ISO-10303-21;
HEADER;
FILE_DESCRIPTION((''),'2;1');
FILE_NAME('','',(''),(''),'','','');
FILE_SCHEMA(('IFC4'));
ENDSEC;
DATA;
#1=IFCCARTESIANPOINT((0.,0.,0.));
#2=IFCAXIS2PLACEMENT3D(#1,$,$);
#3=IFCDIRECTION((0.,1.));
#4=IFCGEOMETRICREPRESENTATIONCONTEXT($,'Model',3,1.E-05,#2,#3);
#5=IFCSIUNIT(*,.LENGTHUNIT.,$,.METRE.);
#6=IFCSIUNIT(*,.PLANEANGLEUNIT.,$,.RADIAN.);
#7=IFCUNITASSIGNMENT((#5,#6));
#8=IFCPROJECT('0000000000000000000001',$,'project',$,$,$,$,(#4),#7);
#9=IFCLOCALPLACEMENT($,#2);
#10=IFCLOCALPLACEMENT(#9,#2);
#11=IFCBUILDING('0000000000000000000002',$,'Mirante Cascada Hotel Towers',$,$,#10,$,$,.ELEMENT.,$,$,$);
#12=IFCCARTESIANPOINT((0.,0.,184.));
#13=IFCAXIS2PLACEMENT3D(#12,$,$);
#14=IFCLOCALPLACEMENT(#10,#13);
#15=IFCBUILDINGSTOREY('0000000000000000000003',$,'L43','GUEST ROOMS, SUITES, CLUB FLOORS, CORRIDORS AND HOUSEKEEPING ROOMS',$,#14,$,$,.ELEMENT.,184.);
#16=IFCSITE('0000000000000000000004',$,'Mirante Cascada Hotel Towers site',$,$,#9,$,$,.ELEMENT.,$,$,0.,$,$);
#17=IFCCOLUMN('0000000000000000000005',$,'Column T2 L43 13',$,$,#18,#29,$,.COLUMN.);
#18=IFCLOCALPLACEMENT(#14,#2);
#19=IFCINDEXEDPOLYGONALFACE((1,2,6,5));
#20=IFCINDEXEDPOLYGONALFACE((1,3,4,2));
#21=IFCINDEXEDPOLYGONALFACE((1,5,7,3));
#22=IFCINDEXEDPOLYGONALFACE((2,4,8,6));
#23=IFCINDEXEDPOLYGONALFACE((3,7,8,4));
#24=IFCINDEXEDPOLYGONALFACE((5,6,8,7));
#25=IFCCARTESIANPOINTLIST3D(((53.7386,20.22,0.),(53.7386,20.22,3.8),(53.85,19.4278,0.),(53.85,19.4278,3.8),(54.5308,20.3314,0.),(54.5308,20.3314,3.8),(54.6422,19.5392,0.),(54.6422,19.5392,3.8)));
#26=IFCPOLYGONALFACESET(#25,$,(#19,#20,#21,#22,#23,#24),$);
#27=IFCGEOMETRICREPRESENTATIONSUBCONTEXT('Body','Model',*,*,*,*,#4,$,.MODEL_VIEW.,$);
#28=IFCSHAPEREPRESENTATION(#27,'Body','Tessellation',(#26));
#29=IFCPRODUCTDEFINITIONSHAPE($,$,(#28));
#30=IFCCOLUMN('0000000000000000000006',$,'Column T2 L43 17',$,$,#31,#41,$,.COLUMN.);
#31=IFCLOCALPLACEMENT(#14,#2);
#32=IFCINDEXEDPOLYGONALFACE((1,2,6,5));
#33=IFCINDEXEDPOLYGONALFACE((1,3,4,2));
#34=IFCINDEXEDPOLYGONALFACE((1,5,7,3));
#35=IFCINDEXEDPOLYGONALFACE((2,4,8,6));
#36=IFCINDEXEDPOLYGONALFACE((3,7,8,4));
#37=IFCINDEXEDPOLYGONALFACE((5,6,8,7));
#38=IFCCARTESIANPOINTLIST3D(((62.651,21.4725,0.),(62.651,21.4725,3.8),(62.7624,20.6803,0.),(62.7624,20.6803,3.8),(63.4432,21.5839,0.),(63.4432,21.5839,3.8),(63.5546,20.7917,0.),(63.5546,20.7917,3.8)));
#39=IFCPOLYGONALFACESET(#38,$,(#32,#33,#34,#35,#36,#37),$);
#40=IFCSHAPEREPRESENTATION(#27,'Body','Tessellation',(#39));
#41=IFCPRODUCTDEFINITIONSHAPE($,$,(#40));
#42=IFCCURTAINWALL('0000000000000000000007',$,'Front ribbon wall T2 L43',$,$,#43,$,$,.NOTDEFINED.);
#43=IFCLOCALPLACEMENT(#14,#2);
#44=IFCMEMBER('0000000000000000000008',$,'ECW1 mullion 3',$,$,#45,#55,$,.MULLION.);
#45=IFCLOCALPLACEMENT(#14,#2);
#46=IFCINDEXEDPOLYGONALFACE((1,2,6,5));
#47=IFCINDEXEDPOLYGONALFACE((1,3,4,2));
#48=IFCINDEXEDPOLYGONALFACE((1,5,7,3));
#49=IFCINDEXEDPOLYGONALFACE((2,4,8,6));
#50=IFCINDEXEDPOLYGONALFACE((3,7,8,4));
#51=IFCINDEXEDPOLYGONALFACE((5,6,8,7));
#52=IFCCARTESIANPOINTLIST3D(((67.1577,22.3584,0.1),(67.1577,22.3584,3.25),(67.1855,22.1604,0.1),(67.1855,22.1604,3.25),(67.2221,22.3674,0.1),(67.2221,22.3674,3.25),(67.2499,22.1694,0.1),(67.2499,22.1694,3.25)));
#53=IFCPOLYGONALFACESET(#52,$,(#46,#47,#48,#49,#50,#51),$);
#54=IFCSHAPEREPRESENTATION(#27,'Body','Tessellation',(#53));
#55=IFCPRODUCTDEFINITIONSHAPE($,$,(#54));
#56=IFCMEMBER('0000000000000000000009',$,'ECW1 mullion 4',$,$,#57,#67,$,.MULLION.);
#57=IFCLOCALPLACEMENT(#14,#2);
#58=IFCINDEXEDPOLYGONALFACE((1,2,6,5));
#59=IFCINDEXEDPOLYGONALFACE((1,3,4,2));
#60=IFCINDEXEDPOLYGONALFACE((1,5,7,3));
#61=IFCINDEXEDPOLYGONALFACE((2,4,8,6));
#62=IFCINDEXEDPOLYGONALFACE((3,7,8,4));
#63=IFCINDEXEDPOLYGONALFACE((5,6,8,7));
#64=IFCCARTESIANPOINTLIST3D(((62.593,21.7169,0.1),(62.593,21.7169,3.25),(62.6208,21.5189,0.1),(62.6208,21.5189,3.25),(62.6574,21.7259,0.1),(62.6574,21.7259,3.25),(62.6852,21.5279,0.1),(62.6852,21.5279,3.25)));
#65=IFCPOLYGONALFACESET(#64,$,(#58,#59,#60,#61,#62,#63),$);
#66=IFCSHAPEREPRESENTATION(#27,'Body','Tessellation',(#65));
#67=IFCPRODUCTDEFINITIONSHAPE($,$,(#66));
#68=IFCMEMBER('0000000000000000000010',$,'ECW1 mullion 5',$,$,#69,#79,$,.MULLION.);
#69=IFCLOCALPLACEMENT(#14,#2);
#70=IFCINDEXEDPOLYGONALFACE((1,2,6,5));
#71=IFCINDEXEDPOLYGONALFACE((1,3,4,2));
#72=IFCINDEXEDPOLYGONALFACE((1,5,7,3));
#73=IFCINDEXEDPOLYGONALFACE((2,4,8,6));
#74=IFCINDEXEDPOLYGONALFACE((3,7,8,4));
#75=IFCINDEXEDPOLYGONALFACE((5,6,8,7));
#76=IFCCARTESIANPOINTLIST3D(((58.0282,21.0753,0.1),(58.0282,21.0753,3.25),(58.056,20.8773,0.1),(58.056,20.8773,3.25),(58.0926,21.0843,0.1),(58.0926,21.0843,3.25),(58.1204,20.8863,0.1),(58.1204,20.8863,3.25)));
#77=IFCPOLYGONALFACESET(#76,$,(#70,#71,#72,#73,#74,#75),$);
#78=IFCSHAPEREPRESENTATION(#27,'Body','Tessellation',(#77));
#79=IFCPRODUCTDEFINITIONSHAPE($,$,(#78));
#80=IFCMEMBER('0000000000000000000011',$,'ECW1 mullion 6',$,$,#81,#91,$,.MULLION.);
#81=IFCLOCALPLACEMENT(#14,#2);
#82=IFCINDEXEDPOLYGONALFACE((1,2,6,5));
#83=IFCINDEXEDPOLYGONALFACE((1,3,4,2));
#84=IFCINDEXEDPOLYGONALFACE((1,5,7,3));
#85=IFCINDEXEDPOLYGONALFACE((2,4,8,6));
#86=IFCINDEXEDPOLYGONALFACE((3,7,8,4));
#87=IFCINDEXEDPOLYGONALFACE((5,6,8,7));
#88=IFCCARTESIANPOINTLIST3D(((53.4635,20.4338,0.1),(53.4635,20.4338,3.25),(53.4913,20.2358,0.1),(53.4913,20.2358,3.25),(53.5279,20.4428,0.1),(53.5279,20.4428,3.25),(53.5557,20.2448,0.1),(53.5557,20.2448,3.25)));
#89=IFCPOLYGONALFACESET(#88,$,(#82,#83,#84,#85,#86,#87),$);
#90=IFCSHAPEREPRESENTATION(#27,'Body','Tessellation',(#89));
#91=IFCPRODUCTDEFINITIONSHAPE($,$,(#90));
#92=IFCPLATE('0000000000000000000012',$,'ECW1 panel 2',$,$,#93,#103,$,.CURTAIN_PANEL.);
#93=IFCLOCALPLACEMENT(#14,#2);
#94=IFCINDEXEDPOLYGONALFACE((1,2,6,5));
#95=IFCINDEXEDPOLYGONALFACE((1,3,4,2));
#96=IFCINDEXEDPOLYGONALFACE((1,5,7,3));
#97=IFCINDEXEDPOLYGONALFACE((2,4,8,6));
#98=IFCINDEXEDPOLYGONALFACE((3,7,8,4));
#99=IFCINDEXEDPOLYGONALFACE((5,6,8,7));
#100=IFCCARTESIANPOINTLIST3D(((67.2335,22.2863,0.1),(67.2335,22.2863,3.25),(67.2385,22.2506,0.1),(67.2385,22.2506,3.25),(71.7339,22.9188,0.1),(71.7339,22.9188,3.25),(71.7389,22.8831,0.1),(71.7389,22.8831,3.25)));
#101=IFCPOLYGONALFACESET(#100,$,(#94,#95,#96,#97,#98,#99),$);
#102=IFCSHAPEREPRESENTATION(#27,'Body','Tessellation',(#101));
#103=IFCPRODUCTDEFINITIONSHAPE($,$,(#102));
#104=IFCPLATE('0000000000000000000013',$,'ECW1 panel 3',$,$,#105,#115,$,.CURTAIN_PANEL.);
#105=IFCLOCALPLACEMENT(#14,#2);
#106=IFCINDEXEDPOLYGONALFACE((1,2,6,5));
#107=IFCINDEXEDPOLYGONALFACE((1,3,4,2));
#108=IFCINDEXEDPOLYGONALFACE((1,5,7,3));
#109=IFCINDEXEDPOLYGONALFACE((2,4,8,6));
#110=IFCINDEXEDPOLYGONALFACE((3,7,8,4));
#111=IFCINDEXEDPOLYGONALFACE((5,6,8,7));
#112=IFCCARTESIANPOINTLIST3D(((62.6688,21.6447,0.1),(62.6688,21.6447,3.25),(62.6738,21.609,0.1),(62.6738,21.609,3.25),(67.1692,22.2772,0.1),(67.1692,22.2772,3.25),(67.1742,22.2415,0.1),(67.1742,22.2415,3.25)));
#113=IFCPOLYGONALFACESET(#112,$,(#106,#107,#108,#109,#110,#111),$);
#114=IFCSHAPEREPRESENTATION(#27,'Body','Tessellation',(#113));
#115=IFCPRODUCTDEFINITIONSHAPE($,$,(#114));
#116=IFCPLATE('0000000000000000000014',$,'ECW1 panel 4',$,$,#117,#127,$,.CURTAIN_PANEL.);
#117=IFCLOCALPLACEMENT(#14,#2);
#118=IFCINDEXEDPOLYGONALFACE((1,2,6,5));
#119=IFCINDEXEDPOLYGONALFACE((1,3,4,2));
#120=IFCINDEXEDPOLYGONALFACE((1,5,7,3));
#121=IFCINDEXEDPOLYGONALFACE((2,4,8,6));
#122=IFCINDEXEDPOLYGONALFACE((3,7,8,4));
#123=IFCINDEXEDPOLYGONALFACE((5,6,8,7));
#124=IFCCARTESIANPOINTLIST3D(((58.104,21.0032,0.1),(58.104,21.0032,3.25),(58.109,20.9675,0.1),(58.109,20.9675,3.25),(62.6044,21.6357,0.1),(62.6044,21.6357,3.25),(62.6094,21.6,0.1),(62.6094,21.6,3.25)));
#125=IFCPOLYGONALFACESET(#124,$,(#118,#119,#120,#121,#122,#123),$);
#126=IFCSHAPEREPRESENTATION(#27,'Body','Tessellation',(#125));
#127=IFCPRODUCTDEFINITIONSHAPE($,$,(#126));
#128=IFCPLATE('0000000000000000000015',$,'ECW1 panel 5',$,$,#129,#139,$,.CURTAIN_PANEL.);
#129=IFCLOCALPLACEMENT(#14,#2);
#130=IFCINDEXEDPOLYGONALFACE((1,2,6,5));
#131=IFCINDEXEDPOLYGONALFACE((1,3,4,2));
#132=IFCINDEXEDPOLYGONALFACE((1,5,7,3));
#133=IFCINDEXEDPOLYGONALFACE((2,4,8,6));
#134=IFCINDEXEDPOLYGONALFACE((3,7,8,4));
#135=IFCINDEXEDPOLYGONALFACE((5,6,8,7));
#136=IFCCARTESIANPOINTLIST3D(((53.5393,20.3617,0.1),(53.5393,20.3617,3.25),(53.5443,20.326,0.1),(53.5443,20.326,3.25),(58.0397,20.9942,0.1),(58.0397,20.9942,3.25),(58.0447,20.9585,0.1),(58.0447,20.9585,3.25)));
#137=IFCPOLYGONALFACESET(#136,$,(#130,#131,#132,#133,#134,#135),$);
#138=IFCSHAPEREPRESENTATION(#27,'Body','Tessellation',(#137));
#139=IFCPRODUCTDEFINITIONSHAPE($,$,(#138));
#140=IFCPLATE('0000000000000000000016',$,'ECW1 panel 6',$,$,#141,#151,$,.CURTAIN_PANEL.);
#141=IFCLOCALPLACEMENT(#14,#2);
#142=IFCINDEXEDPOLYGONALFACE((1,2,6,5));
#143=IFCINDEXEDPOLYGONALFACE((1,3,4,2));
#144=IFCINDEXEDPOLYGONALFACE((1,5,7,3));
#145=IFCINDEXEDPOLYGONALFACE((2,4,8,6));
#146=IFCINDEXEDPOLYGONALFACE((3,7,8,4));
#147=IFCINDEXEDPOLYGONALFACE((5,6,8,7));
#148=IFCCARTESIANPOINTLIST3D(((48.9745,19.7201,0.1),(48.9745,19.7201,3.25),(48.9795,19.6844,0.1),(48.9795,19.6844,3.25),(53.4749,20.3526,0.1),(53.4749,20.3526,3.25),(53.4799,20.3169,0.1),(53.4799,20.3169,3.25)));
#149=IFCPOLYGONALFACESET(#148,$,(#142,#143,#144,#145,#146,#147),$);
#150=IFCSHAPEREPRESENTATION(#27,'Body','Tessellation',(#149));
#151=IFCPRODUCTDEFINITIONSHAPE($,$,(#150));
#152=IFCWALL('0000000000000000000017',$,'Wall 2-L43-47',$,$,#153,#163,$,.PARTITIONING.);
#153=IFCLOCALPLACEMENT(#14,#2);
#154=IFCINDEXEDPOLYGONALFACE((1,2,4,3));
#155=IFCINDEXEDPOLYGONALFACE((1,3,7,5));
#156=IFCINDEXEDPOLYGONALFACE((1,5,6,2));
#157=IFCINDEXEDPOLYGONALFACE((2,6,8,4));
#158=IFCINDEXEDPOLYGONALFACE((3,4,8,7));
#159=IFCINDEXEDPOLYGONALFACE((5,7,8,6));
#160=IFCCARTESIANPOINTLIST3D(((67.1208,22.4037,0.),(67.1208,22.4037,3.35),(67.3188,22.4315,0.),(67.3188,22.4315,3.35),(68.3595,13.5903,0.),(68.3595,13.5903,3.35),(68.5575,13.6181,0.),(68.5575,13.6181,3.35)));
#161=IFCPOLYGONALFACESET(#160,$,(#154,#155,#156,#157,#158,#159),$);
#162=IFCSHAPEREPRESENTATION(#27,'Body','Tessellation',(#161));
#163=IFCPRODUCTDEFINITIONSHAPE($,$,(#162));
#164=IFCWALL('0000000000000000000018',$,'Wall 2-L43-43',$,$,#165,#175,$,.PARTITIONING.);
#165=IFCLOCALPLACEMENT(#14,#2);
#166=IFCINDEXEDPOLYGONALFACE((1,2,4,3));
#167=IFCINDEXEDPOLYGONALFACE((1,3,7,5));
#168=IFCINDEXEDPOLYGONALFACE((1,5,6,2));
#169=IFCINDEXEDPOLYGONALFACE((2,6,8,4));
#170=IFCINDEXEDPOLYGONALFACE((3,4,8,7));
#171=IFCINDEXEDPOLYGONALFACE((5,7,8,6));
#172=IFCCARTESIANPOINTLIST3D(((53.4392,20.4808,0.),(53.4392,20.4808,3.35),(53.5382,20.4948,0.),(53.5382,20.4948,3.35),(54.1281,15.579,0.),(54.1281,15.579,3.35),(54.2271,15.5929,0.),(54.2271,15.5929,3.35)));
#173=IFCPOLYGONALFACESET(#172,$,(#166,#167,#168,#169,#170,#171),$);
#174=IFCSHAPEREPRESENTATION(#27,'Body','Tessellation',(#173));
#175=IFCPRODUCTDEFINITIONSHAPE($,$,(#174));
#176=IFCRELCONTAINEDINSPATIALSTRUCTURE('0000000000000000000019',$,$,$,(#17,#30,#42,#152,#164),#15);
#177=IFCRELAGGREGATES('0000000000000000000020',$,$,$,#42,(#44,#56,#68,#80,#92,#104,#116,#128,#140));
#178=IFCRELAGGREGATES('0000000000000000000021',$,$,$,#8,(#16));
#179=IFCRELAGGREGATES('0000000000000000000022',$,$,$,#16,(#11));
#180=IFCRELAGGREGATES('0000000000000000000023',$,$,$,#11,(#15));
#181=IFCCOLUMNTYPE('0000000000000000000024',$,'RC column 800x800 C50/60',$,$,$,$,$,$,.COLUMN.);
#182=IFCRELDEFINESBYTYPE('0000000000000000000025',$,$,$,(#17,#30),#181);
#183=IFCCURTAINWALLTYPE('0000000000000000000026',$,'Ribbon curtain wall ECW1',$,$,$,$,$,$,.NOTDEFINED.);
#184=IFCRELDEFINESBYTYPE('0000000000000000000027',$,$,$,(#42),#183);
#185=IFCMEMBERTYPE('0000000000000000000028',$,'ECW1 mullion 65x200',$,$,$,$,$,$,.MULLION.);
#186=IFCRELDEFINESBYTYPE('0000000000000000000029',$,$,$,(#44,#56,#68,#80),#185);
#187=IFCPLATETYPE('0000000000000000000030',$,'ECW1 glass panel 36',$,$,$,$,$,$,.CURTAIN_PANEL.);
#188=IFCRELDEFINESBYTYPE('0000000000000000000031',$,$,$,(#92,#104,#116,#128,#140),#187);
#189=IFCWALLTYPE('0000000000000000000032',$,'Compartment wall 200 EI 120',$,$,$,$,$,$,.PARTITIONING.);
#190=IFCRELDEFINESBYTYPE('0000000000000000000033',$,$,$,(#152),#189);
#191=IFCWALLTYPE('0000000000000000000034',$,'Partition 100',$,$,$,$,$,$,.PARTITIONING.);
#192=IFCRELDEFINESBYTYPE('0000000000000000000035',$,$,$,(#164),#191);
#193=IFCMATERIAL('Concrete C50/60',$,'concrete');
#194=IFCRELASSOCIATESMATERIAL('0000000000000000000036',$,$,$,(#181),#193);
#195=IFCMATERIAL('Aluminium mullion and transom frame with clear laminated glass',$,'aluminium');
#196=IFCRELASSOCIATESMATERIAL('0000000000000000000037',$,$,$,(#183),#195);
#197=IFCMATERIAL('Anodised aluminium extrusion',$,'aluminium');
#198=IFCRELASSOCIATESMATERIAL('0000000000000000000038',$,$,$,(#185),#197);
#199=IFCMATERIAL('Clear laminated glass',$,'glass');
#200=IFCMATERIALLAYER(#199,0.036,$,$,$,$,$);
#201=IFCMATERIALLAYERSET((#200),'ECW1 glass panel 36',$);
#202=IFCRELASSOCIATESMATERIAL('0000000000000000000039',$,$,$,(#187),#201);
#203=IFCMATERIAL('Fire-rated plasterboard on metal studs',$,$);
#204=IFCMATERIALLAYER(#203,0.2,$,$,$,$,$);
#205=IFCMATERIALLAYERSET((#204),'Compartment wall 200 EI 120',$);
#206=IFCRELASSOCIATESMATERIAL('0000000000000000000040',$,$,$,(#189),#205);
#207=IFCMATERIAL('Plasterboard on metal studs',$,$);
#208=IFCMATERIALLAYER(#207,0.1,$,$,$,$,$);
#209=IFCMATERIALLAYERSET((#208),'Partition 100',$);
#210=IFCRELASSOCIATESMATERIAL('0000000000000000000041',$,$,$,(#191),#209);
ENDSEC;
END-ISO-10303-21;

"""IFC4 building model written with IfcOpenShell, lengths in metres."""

from ifc_helpers import new_model, si_unit, direction, frame, frame_2d, origin, origin_2d, place, context, subcontext, project, spatial, rectangle, extrude, material, layer, layer_set, material_profile, profile_set, type_object, element, aggregate, save


model = new_model("IFC4")

# Units and contexts
model_context = context("Model", 3, precision=1e-05, world=origin(), true_north=direction((0.0, 1.0)))
body_context = subcontext(model_context, "Body", "Model", "MODEL_VIEW")
ifc_project = project(units=[si_unit("LENGTHUNIT", "METRE"), si_unit("PLANEANGLEUNIT", "RADIAN")], contexts=[model_context])

# Site, building, storey
site_placement = place(None, origin())
site = spatial("IfcSite", under=ifc_project, at=site_placement, Name="Mirante Cascada Hotel Towers site", CompositionType="ELEMENT", RefElevation=0.0)
building_placement = place(site_placement, origin())
building = spatial("IfcBuilding", under=site, at=building_placement, Name="Mirante Cascada Hotel Towers", CompositionType="ELEMENT")
storey_placement = place(building_placement, frame((0.0, 0.0, 184.0)))
storey = spatial("IfcBuildingStorey", under=building, at=storey_placement, Name="L43", Description="GUEST ROOMS, SUITES, CLUB FLOORS, CORRIDORS AND HOUSEKEEPING ROOMS", CompositionType="ELEMENT", Elevation=184.0)

# Columns
ifc_material_1 = material(Name="Concrete C50/60", Category="concrete")
ifc_material_profile_1 = material_profile(ifc_material_1, rectangle(XDim=0.8, YDim=0.8, at=origin_2d()), Name="RC column 800x800 C50/60")
ifc_profile_set_1 = profile_set([ifc_material_profile_1], Name="Concrete C50/60")
column_type = type_object("IfcColumnType", Name="RC column 800x800 C50/60", PredefinedType="COLUMN", material=ifc_profile_set_1)
for number, where, z_axis, x_axis, name in (
    (1, (54.1904, 19.8796, 0.0), (0.0, 0.0, 1.0), (0.990268, 0.139173, 0.0), "Column T2 L43 13"),
    (2, (63.1028, 21.1321, 0.0), (0.0, 0.0, 1.0), (0.990268, 0.139173, 0.0), "Column T2 L43 17"),
):
    element("IfcColumn", number, at=place(storey_placement, frame(where, z_axis=z_axis, x_axis=x_axis)), inside=storey, type_object=column_type, Name=name, PredefinedType="COLUMN", context=body_context, shape_type="SweptSolid", body=[
        extrude(rectangle(XDim=0.8, YDim=0.8, at=origin_2d()), origin(), (0.0, 0.0, 1.0), 3.8),
    ])

# Curtain wall, members, plates
ifc_material_2 = material(Name="Aluminium mullion and transom frame with clear laminated glass", Category="aluminium")
curtain_wall_type = type_object("IfcCurtainWallType", Name="Ribbon curtain wall ECW1", PredefinedType="NOTDEFINED", material=ifc_material_2)
curtain_wall_placement = place(storey_placement, origin())
curtain_wall = element("IfcCurtainWall", 3, at=curtain_wall_placement, inside=storey, type_object=curtain_wall_type, Name="Front ribbon wall T2 L43", PredefinedType="NOTDEFINED")
ifc_material_3 = material(Name="Anodised aluminium extrusion", Category="aluminium")
ifc_material_profile_2 = material_profile(ifc_material_3, rectangle(XDim=0.2, YDim=0.065, at=origin_2d()), Name="ECW1 MULLION 65x200")
ifc_profile_set_2 = profile_set([ifc_material_profile_2], Name="Anodised aluminium extrusion")
member_type = type_object("IfcMemberType", Name="ECW1 mullion 65x200", PredefinedType="MULLION", material=ifc_profile_set_2)
member_1_placement = place(storey_placement, frame((67.2038, 22.2639, 0.1), z_axis=(0.0, 0.0, 1.0), x_axis=(0.139173, -0.990268, 0.0)))
member_1 = element("IfcMember", 4, at=member_1_placement, type_object=member_type, Name="ECW1 mullion 3", PredefinedType="MULLION", context=body_context, shape_type="SweptSolid", body=[
    extrude(rectangle(XDim=0.2, YDim=0.065, at=origin_2d()), origin(), (0.0, 0.0, 1.0), 3.15),
])
member_2_placement = place(storey_placement, frame((62.6391, 21.6224, 0.1), z_axis=(0.0, 0.0, 1.0), x_axis=(0.139173, -0.990268, 0.0)))
member_2 = element("IfcMember", 5, at=member_2_placement, type_object=member_type, Name="ECW1 mullion 4", PredefinedType="MULLION", context=body_context, shape_type="SweptSolid", body=[
    extrude(rectangle(XDim=0.2, YDim=0.065, at=origin_2d()), origin(), (0.0, 0.0, 1.0), 3.15),
])
member_3_placement = place(storey_placement, frame((58.0743, 20.9808, 0.1), z_axis=(0.0, 0.0, 1.0), x_axis=(0.139173, -0.990268, 0.0)))
member_3 = element("IfcMember", 6, at=member_3_placement, type_object=member_type, Name="ECW1 mullion 5", PredefinedType="MULLION", context=body_context, shape_type="SweptSolid", body=[
    extrude(rectangle(XDim=0.2, YDim=0.065, at=origin_2d()), origin(), (0.0, 0.0, 1.0), 3.15),
])
member_4_placement = place(storey_placement, frame((53.5096, 20.3393, 0.1), z_axis=(0.0, 0.0, 1.0), x_axis=(0.139173, -0.990268, 0.0)))
member_4 = element("IfcMember", 7, at=member_4_placement, type_object=member_type, Name="ECW1 mullion 6", PredefinedType="MULLION", context=body_context, shape_type="SweptSolid", body=[
    extrude(rectangle(XDim=0.2, YDim=0.065, at=origin_2d()), origin(), (0.0, 0.0, 1.0), 3.15),
])
ifc_material_4 = material(Name="Clear laminated glass", Category="glass")
ifc_layer_1 = layer(ifc_material_4, 0.036)
ifc_layer_set_1 = layer_set([ifc_layer_1], Name="ECW1 glass panel 36")
plate_type = type_object("IfcPlateType", Name="ECW1 glass panel 36", PredefinedType="CURTAIN_PANEL", material=ifc_layer_set_1)
plate_1_placement = place(storey_placement, frame((69.4862, 22.5847, 0.1), z_axis=(0.0, 0.0, 1.0), x_axis=(-0.990268, -0.139173, 0.0)))
plate_1 = element("IfcPlate", 8, at=plate_1_placement, type_object=plate_type, Name="ECW1 panel 2", PredefinedType="CURTAIN_PANEL", context=body_context, shape_type="SweptSolid", body=[
    extrude(rectangle(XDim=4.5446, YDim=0.036, at=origin_2d()), origin(), (0.0, 0.0, 1.0), 3.15),
])
plate_2_placement = place(storey_placement, frame((64.9215, 21.9431, 0.1), z_axis=(0.0, 0.0, 1.0), x_axis=(-0.990268, -0.139173, 0.0)))
plate_2 = element("IfcPlate", 9, at=plate_2_placement, type_object=plate_type, Name="ECW1 panel 3", PredefinedType="CURTAIN_PANEL", context=body_context, shape_type="SweptSolid", body=[
    extrude(rectangle(XDim=4.5446, YDim=0.036, at=origin_2d()), origin(), (0.0, 0.0, 1.0), 3.15),
])
plate_3_placement = place(storey_placement, frame((60.3567, 21.3016, 0.1), z_axis=(0.0, 0.0, 1.0), x_axis=(-0.990268, -0.139173, 0.0)))
plate_3 = element("IfcPlate", 10, at=plate_3_placement, type_object=plate_type, Name="ECW1 panel 4", PredefinedType="CURTAIN_PANEL", context=body_context, shape_type="SweptSolid", body=[
    extrude(rectangle(XDim=4.5446, YDim=0.036, at=origin_2d()), origin(), (0.0, 0.0, 1.0), 3.15),
])
plate_4_placement = place(storey_placement, frame((55.792, 20.6601, 0.1), z_axis=(0.0, 0.0, 1.0), x_axis=(-0.990268, -0.139173, 0.0)))
plate_4 = element("IfcPlate", 11, at=plate_4_placement, type_object=plate_type, Name="ECW1 panel 5", PredefinedType="CURTAIN_PANEL", context=body_context, shape_type="SweptSolid", body=[
    extrude(rectangle(XDim=4.5446, YDim=0.036, at=origin_2d()), origin(), (0.0, 0.0, 1.0), 3.15),
])
plate_5_placement = place(storey_placement, frame((51.2272, 20.0185, 0.1), z_axis=(0.0, 0.0, 1.0), x_axis=(-0.990268, -0.139173, 0.0)))
plate_5 = element("IfcPlate", 12, at=plate_5_placement, type_object=plate_type, Name="ECW1 panel 6", PredefinedType="CURTAIN_PANEL", context=body_context, shape_type="SweptSolid", body=[
    extrude(rectangle(XDim=4.5446, YDim=0.036, at=origin_2d()), origin(), (0.0, 0.0, 1.0), 3.15),
])
aggregate(curtain_wall, [member_1, member_2, member_3, member_4, plate_1, plate_2, plate_3, plate_4, plate_5])

# Walls
ifc_material_5 = material(Name="Fire-rated plasterboard on metal studs")
ifc_layer_2 = layer(ifc_material_5, 0.2)
ifc_layer_set_2 = layer_set([ifc_layer_2], Name="Compartment wall 200 EI 120")
wall_type_1 = type_object("IfcWallType", Name="Compartment wall 200 EI 120", PredefinedType="PARTITIONING", material=ifc_layer_set_2)
wall_1_placement = place(storey_placement, frame((67.2198, 22.4176, 0.0), z_axis=(0.0, 0.0, 1.0), x_axis=(0.139179, -0.990267, 0.0)))
element("IfcWall", 13, at=wall_1_placement, inside=storey, type_object=wall_type_1, Name="Wall 2-L43-47", PredefinedType="PARTITIONING", context=body_context, shape_type="SweptSolid", body=[
    extrude(rectangle(XDim=8.9, YDim=0.2, at=frame_2d((4.45, 0.0))), origin(), (0.0, 0.0, 1.0), 3.35),
])
ifc_material_6 = material(Name="Plasterboard on metal studs")
ifc_layer_3 = layer(ifc_material_6, 0.1)
ifc_layer_set_3 = layer_set([ifc_layer_3], Name="Partition 100")
wall_type_2 = type_object("IfcWallType", Name="Partition 100", PredefinedType="PARTITIONING", material=ifc_layer_set_3)
wall_2_placement = place(storey_placement, frame((53.4887, 20.4878, 0.0), z_axis=(0.0, 0.0, 1.0), x_axis=(0.139173, -0.990268, 0.0)))
element("IfcWall", 14, at=wall_2_placement, inside=storey, type_object=wall_type_2, Name="Wall 2-L43-43", PredefinedType="PARTITIONING", context=body_context, shape_type="SweptSolid", body=[
    extrude(rectangle(XDim=4.95, YDim=0.1, at=frame_2d((2.475, 0.0))), origin(), (0.0, 0.0, 1.0), 3.35),
])

save(model, "model.ifc")
